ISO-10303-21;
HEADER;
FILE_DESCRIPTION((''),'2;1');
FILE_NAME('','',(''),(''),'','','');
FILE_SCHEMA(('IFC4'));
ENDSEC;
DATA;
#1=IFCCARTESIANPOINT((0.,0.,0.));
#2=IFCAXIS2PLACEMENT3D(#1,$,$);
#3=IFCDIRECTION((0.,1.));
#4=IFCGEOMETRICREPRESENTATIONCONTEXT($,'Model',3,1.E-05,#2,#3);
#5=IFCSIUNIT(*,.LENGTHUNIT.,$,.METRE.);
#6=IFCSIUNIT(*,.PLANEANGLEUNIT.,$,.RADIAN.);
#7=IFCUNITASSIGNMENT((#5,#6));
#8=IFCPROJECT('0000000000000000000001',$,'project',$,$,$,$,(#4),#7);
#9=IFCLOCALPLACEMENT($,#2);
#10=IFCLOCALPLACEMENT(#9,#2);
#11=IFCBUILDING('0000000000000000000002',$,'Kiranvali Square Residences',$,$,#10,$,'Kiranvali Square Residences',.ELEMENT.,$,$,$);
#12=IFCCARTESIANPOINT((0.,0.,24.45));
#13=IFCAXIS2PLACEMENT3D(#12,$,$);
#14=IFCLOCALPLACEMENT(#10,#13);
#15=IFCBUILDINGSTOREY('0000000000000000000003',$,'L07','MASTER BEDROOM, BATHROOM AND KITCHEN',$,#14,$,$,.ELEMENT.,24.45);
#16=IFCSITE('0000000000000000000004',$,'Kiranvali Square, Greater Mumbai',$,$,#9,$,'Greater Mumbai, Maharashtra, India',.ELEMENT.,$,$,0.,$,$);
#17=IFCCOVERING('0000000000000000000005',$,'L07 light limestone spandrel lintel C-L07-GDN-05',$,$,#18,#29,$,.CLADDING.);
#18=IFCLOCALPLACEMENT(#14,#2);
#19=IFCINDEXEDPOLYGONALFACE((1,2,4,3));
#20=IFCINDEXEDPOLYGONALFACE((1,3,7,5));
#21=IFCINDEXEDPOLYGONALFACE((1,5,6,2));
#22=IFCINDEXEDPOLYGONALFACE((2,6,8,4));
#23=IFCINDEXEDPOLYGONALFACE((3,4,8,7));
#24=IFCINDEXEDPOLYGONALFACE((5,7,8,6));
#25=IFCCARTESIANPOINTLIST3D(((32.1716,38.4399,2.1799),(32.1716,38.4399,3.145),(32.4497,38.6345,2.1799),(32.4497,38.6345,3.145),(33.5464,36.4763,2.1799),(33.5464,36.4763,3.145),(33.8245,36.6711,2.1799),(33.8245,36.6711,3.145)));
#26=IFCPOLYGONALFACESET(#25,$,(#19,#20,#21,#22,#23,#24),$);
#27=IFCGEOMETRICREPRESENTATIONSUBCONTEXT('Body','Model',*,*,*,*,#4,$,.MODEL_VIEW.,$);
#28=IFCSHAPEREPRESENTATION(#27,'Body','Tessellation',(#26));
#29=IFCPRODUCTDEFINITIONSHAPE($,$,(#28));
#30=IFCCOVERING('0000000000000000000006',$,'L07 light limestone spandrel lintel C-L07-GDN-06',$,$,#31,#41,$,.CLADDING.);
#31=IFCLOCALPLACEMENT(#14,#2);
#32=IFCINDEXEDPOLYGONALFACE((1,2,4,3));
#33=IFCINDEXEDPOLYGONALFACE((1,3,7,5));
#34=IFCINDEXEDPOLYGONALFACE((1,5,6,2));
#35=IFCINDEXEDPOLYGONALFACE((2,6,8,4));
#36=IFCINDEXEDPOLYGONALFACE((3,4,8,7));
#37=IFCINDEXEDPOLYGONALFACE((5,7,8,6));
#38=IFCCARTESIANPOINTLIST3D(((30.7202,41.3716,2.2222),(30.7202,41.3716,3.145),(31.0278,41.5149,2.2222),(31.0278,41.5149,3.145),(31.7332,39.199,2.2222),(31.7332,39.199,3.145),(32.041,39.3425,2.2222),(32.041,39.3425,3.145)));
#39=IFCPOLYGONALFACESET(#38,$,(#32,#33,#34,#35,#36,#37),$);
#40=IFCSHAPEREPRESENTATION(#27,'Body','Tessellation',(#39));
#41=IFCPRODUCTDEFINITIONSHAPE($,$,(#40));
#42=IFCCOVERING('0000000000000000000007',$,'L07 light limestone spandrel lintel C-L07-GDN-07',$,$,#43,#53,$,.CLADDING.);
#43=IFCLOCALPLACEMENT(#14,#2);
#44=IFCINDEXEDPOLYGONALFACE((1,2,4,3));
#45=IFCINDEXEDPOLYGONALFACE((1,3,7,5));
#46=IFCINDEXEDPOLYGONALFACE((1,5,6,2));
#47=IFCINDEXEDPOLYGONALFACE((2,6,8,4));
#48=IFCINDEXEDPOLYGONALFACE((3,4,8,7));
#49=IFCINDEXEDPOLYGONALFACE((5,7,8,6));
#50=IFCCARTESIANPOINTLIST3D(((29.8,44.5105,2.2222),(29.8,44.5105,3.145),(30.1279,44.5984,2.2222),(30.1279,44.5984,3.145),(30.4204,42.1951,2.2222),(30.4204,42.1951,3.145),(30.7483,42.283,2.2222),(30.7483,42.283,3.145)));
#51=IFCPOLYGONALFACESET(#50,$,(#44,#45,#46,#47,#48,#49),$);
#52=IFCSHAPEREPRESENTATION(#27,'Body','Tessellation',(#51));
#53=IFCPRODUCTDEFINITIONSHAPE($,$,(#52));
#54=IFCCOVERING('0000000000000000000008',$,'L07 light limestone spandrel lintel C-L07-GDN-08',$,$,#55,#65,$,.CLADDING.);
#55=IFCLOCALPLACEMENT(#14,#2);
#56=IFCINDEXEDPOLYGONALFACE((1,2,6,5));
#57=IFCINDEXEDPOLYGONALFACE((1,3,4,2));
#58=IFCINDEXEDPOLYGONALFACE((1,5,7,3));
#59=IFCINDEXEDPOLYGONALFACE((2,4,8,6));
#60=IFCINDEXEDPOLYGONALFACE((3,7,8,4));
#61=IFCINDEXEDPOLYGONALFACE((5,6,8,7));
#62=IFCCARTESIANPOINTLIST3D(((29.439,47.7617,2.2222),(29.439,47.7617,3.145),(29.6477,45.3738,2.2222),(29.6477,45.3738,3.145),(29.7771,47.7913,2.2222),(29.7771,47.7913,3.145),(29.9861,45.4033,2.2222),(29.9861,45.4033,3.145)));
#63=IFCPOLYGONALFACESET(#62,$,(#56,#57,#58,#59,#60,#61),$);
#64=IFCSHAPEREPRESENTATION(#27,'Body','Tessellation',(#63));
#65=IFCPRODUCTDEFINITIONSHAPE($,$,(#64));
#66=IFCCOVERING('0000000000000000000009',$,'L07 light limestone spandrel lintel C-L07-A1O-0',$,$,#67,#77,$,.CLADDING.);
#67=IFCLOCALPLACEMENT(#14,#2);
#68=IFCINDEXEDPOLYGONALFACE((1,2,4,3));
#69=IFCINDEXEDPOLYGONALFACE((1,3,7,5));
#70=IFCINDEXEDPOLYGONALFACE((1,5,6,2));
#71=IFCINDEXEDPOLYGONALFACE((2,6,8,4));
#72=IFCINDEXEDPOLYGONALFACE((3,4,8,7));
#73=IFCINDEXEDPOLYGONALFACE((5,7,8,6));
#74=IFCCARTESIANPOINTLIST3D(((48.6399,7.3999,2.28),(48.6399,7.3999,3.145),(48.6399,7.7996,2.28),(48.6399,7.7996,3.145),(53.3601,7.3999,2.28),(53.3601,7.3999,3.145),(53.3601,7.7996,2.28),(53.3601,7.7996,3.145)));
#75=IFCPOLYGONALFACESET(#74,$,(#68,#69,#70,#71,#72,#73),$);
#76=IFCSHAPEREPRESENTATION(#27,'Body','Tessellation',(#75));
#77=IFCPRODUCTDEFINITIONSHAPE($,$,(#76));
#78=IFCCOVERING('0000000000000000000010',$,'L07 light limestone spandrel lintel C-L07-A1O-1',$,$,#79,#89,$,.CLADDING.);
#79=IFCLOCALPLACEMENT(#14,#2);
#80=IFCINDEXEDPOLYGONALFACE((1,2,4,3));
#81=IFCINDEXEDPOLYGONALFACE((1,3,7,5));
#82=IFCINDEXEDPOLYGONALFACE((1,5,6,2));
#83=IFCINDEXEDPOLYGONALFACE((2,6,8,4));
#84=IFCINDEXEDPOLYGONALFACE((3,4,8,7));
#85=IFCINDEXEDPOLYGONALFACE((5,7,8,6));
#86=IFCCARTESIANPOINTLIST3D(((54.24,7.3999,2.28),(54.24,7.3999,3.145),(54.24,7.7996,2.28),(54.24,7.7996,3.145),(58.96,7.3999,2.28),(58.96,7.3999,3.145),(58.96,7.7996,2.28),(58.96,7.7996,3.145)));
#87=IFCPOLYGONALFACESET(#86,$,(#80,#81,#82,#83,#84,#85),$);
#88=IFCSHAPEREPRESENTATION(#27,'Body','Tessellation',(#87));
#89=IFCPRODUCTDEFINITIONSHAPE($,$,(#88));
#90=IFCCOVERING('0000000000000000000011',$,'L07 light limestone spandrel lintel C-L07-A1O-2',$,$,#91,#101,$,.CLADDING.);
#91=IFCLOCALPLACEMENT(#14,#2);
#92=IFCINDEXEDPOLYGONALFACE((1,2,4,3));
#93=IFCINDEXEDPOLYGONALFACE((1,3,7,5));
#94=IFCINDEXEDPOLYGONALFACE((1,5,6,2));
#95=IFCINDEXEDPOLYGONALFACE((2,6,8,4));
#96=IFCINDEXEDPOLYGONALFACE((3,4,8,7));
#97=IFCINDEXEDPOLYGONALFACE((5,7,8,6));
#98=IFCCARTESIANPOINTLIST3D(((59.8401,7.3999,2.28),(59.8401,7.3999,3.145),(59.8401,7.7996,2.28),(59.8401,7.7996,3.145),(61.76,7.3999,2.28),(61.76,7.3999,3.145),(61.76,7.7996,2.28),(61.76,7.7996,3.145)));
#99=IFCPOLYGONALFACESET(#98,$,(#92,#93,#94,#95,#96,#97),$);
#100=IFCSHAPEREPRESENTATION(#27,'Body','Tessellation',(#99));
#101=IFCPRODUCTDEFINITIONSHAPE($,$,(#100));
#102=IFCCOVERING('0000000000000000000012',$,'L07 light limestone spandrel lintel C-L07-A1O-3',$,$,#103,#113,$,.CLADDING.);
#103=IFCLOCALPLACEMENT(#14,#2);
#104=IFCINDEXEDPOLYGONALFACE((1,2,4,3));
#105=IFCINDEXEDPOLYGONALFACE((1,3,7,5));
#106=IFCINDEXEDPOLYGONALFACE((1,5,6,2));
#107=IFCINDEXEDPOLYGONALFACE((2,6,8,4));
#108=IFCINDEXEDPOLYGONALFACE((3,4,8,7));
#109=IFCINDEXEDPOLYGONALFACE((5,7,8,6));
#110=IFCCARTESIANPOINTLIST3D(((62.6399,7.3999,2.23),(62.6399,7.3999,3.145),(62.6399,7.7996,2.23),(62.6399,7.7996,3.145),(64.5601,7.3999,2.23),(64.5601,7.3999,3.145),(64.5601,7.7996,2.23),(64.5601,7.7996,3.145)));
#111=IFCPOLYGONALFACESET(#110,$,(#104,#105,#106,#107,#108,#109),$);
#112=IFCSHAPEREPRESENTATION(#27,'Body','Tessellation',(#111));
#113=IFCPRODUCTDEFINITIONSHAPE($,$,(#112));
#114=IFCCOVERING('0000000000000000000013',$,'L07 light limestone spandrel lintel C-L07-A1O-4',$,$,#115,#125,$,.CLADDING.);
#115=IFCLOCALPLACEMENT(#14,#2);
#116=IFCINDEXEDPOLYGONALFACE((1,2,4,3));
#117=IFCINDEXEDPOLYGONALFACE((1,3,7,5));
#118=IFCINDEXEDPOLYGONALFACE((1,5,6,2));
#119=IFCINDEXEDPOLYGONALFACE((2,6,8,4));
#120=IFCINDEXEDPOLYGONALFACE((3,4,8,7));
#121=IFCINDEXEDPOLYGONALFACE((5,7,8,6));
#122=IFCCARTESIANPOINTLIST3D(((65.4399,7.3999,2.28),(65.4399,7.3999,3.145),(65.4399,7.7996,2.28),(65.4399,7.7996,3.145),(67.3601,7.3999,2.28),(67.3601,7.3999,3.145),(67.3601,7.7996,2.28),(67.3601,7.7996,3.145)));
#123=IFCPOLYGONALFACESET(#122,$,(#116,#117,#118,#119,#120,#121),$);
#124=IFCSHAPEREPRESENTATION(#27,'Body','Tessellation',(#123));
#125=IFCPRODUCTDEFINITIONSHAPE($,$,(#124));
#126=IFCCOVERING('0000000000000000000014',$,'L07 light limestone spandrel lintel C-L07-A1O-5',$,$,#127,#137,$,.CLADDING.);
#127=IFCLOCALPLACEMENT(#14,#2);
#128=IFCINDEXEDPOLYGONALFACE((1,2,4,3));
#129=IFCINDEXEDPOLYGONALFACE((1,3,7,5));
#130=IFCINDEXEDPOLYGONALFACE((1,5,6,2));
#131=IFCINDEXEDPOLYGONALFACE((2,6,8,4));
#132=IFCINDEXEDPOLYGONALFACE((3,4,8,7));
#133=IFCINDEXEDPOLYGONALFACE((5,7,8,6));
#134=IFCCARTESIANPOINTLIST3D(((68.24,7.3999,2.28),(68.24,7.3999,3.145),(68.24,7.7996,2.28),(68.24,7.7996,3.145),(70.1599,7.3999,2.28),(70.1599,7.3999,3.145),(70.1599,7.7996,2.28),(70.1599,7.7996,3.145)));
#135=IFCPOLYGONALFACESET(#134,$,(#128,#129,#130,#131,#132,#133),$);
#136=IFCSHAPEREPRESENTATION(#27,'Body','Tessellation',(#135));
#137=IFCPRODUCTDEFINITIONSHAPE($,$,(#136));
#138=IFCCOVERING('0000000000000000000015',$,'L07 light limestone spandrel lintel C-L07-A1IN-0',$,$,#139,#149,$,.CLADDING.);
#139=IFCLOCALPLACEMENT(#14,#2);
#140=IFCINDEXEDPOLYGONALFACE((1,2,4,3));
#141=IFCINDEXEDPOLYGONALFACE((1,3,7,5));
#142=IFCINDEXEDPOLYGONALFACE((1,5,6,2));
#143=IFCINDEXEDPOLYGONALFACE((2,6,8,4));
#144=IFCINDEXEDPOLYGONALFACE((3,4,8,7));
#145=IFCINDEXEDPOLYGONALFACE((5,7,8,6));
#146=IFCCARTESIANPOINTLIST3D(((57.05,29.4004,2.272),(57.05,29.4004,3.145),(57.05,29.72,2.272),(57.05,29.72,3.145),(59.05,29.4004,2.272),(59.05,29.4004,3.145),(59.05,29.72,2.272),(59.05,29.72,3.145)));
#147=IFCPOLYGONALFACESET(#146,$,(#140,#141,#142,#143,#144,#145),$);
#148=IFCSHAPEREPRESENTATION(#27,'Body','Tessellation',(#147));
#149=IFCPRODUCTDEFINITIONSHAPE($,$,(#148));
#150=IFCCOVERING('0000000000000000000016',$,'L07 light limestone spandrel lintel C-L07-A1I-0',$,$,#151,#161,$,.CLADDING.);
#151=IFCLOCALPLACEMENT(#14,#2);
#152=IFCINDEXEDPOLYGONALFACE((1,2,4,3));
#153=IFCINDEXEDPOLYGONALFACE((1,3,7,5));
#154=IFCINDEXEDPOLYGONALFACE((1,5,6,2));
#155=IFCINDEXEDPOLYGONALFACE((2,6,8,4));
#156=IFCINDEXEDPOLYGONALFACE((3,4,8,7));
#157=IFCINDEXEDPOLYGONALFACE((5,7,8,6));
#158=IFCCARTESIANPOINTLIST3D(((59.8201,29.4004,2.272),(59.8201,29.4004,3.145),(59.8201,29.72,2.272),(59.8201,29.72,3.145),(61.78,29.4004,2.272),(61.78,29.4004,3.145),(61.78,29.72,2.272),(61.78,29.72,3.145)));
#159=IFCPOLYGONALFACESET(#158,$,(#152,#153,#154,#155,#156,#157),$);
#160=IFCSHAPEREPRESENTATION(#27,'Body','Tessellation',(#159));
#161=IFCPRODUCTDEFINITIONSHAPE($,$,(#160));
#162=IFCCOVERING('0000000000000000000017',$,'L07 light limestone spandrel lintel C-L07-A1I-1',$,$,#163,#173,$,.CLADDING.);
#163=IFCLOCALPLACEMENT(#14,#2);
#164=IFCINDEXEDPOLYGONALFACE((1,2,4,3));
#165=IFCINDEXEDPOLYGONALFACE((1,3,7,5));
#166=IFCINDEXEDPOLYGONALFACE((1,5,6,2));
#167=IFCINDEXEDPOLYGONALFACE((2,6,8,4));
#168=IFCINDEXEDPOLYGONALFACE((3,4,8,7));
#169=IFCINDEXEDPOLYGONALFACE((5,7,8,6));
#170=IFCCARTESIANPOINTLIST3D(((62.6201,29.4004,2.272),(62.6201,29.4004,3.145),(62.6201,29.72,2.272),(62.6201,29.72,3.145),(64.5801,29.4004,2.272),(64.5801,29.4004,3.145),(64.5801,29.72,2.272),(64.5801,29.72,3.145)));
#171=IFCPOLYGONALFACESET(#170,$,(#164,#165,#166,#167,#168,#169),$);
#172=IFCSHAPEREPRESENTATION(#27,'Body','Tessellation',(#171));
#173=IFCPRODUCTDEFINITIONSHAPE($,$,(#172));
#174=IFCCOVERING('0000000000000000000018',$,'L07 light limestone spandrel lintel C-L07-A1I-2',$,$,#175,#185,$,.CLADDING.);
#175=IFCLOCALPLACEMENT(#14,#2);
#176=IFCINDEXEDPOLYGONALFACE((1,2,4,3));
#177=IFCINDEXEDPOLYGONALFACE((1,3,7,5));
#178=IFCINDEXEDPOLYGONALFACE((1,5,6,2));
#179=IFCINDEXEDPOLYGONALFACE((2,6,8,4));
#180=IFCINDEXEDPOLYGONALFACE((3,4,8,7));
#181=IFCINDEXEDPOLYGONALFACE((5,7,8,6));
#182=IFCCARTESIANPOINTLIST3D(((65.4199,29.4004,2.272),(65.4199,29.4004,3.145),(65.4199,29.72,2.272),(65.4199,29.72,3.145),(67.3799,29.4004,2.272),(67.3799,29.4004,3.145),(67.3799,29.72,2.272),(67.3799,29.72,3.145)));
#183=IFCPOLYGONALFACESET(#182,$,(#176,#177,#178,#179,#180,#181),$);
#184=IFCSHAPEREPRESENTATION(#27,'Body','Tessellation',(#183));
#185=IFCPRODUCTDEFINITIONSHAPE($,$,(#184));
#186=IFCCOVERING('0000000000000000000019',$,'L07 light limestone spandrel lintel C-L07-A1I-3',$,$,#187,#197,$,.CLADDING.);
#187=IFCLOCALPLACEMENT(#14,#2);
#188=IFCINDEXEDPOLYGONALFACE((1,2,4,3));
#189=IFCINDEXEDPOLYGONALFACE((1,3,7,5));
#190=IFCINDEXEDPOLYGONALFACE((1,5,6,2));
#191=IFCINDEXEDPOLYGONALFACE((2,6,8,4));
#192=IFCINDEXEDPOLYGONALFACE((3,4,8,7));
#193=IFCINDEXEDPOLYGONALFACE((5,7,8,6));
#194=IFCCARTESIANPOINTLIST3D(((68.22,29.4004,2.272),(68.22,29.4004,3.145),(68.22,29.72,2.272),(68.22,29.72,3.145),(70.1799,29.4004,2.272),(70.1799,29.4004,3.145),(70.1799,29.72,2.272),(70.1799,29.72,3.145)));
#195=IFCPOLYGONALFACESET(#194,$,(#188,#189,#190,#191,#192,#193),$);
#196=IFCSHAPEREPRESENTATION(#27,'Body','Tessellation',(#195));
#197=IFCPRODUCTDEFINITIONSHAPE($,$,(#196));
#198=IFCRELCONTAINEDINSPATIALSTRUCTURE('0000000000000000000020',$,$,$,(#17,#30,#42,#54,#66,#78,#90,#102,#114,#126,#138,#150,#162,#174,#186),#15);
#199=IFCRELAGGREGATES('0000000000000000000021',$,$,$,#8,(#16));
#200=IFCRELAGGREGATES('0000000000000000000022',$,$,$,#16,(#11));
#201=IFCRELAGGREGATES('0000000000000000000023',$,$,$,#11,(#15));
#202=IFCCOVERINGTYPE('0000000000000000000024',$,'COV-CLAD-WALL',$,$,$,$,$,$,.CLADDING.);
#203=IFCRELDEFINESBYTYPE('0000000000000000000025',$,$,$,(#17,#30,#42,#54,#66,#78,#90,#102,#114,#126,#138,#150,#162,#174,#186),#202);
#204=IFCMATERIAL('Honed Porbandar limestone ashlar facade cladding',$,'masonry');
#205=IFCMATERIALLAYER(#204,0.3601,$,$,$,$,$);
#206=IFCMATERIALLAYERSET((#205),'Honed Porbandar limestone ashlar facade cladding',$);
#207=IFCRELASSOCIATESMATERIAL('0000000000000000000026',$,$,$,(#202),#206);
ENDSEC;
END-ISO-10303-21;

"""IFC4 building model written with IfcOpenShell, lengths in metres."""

from ifc_helpers import new_model, si_unit, direction, frame, origin, place, context, subcontext, project, spatial, polyline, outline, extrude, material, layer, layer_set, type_object, element, save


model = new_model("IFC4")

# Units and contexts
model_context = context("Model", 3, precision=1e-05, world=origin(), true_north=direction((0.0, 1.0)))
body_context = subcontext(model_context, "Body", "Model", "MODEL_VIEW")
ifc_project = project(units=[si_unit("LENGTHUNIT", "METRE"), si_unit("PLANEANGLEUNIT", "RADIAN")], contexts=[model_context])

# Site, building, storey
site_placement = place(None, origin())
site = spatial("IfcSite", under=ifc_project, at=site_placement, Name="Kiranvali Square, Greater Mumbai", LongName="Greater Mumbai, Maharashtra, India", CompositionType="ELEMENT", RefElevation=0.0)
building_placement = place(site_placement, origin())
building = spatial("IfcBuilding", under=site, at=building_placement, Name="Kiranvali Square Residences", LongName="Kiranvali Square Residences", CompositionType="ELEMENT")
storey_placement = place(building_placement, frame((0.0, 0.0, 24.45)))
storey = spatial("IfcBuildingStorey", under=building, at=storey_placement, Name="L07", Description="MASTER BEDROOM, BATHROOM AND KITCHEN", CompositionType="ELEMENT", Elevation=24.45)

# Coverings
ifc_material = material(Name="Honed Porbandar limestone ashlar facade cladding", Category="masonry")
ifc_layer_1 = layer(ifc_material, 0.3601)
ifc_layer_set_1 = layer_set([ifc_layer_1], Name="Honed Porbandar limestone ashlar facade cladding")
covering_type_1 = type_object("IfcCoveringType", Name="COV-CLAD-WALL", PredefinedType="CLADDING", material=ifc_layer_set_1)
covering_1_placement = place(storey_placement, frame((0.0, 0.0, 2.1799)))
element("IfcCovering", 1, at=covering_1_placement, inside=storey, type_object=covering_type_1, Name="L07 light limestone spandrel lintel C-L07-GDN-05", PredefinedType="CLADDING", context=body_context, shape_type="SweptSolid", body=[
    extrude(outline(polyline([(33.8245, 36.6711), (32.4497, 38.6345), (32.1716, 38.4399), (33.5464, 36.4763), (33.8245, 36.6711)])), origin(), (0.0, 0.0, 1.0), 0.9651),
])
covering_2_placement = place(storey_placement, frame((0.0, 0.0, 2.2222)))
element("IfcCovering", 2, at=covering_2_placement, inside=storey, type_object=covering_type_1, Name="L07 light limestone spandrel lintel C-L07-GDN-06", PredefinedType="CLADDING", context=body_context, shape_type="SweptSolid", body=[
    extrude(outline(polyline([(32.041, 39.3425), (31.0278, 41.5149), (30.7202, 41.3716), (31.7332, 39.199), (32.041, 39.3425)])), origin(), (0.0, 0.0, 1.0), 0.9229),
])
covering_3_placement = place(storey_placement, frame((0.0, 0.0, 2.2222)))
element("IfcCovering", 3, at=covering_3_placement, inside=storey, type_object=covering_type_1, Name="L07 light limestone spandrel lintel C-L07-GDN-07", PredefinedType="CLADDING", context=body_context, shape_type="SweptSolid", body=[
    extrude(outline(polyline([(30.7483, 42.283), (30.1279, 44.5984), (29.8, 44.5105), (30.4204, 42.1951), (30.7483, 42.283)])), origin(), (0.0, 0.0, 1.0), 0.9229),
])
covering_4_placement = place(storey_placement, frame((0.0, 0.0, 2.2222)))
element("IfcCovering", 4, at=covering_4_placement, inside=storey, type_object=covering_type_1, Name="L07 light limestone spandrel lintel C-L07-GDN-08", PredefinedType="CLADDING", context=body_context, shape_type="SweptSolid", body=[
    extrude(outline(polyline([(29.9861, 45.4033), (29.7771, 47.7913), (29.439, 47.7617), (29.6477, 45.3738), (29.9861, 45.4033)])), origin(), (0.0, 0.0, 1.0), 0.9229),
])
covering_5_placement = place(storey_placement, frame((0.0, 0.0, 2.28)))
element("IfcCovering", 5, at=covering_5_placement, inside=storey, type_object=covering_type_1, Name="L07 light limestone spandrel lintel C-L07-A1O-0", PredefinedType="CLADDING", context=body_context, shape_type="SweptSolid", body=[
    extrude(outline(polyline([(48.6399, 7.3999), (53.3601, 7.3999), (53.3601, 7.7996), (48.6399, 7.7996), (48.6399, 7.3999)])), origin(), (0.0, 0.0, 1.0), 0.865),
])
covering_6_placement = place(storey_placement, frame((0.0, 0.0, 2.28)))
element("IfcCovering", 6, at=covering_6_placement, inside=storey, type_object=covering_type_1, Name="L07 light limestone spandrel lintel C-L07-A1O-1", PredefinedType="CLADDING", context=body_context, shape_type="SweptSolid", body=[
    extrude(outline(polyline([(54.24, 7.3999), (58.96, 7.3999), (58.96, 7.7996), (54.24, 7.7996), (54.24, 7.3999)])), origin(), (0.0, 0.0, 1.0), 0.865),
])
covering_7_placement = place(storey_placement, frame((0.0, 0.0, 2.28)))
element("IfcCovering", 7, at=covering_7_placement, inside=storey, type_object=covering_type_1, Name="L07 light limestone spandrel lintel C-L07-A1O-2", PredefinedType="CLADDING", context=body_context, shape_type="SweptSolid", body=[
    extrude(outline(polyline([(59.8401, 7.3999), (61.76, 7.3999), (61.76, 7.7996), (59.8401, 7.7996), (59.8401, 7.3999)])), origin(), (0.0, 0.0, 1.0), 0.865),
])
covering_8_placement = place(storey_placement, frame((0.0, 0.0, 2.23)))
element("IfcCovering", 8, at=covering_8_placement, inside=storey, type_object=covering_type_1, Name="L07 light limestone spandrel lintel C-L07-A1O-3", PredefinedType="CLADDING", context=body_context, shape_type="SweptSolid", body=[
    extrude(outline(polyline([(62.6399, 7.3999), (64.5601, 7.3999), (64.5601, 7.7996), (62.6399, 7.7996), (62.6399, 7.3999)])), origin(), (0.0, 0.0, 1.0), 0.915),
])
covering_9_placement = place(storey_placement, frame((0.0, 0.0, 2.28)))
element("IfcCovering", 9, at=covering_9_placement, inside=storey, type_object=covering_type_1, Name="L07 light limestone spandrel lintel C-L07-A1O-4", PredefinedType="CLADDING", context=body_context, shape_type="SweptSolid", body=[
    extrude(outline(polyline([(65.4399, 7.3999), (67.3601, 7.3999), (67.3601, 7.7996), (65.4399, 7.7996), (65.4399, 7.3999)])), origin(), (0.0, 0.0, 1.0), 0.865),
])
covering_10_placement = place(storey_placement, frame((0.0, 0.0, 2.28)))
element("IfcCovering", 10, at=covering_10_placement, inside=storey, type_object=covering_type_1, Name="L07 light limestone spandrel lintel C-L07-A1O-5", PredefinedType="CLADDING", context=body_context, shape_type="SweptSolid", body=[
    extrude(outline(polyline([(68.24, 7.3999), (70.1599, 7.3999), (70.1599, 7.7996), (68.24, 7.7996), (68.24, 7.3999)])), origin(), (0.0, 0.0, 1.0), 0.865),
])
covering_11_placement = place(storey_placement, frame((0.0, 0.0, 2.272)))
element("IfcCovering", 11, at=covering_11_placement, inside=storey, type_object=covering_type_1, Name="L07 light limestone spandrel lintel C-L07-A1IN-0", PredefinedType="CLADDING", context=body_context, shape_type="SweptSolid", body=[
    extrude(outline(polyline([(57.05, 29.4004), (59.05, 29.4004), (59.05, 29.72), (57.05, 29.72), (57.05, 29.4004)])), origin(), (0.0, 0.0, 1.0), 0.873),
])
covering_12_placement = place(storey_placement, frame((0.0, 0.0, 2.272)))
element("IfcCovering", 12, at=covering_12_placement, inside=storey, type_object=covering_type_1, Name="L07 light limestone spandrel lintel C-L07-A1I-0", PredefinedType="CLADDING", context=body_context, shape_type="SweptSolid", body=[
    extrude(outline(polyline([(59.8201, 29.4004), (61.78, 29.4004), (61.78, 29.72), (59.8201, 29.72), (59.8201, 29.4004)])), origin(), (0.0, 0.0, 1.0), 0.873),
])
covering_13_placement = place(storey_placement, frame((0.0, 0.0, 2.272)))
element("IfcCovering", 13, at=covering_13_placement, inside=storey, type_object=covering_type_1, Name="L07 light limestone spandrel lintel C-L07-A1I-1", PredefinedType="CLADDING", context=body_context, shape_type="SweptSolid", body=[
    extrude(outline(polyline([(62.6201, 29.4004), (64.5801, 29.4004), (64.5801, 29.72), (62.6201, 29.72), (62.6201, 29.4004)])), origin(), (0.0, 0.0, 1.0), 0.873),
])
covering_14_placement = place(storey_placement, frame((0.0, 0.0, 2.272)))
element("IfcCovering", 14, at=covering_14_placement, inside=storey, type_object=covering_type_1, Name="L07 light limestone spandrel lintel C-L07-A1I-2", PredefinedType="CLADDING", context=body_context, shape_type="SweptSolid", body=[
    extrude(outline(polyline([(65.4199, 29.4004), (67.3799, 29.4004), (67.3799, 29.72), (65.4199, 29.72), (65.4199, 29.4004)])), origin(), (0.0, 0.0, 1.0), 0.873),
])
covering_15_placement = place(storey_placement, frame((0.0, 0.0, 2.272)))
element("IfcCovering", 15, at=covering_15_placement, inside=storey, type_object=covering_type_1, Name="L07 light limestone spandrel lintel C-L07-A1I-3", PredefinedType="CLADDING", context=body_context, shape_type="SweptSolid", body=[
    extrude(outline(polyline([(68.22, 29.4004), (70.1799, 29.4004), (70.1799, 29.72), (68.22, 29.72), (68.22, 29.4004)])), origin(), (0.0, 0.0, 1.0), 0.873),
])

save(model, "model.ifc")
